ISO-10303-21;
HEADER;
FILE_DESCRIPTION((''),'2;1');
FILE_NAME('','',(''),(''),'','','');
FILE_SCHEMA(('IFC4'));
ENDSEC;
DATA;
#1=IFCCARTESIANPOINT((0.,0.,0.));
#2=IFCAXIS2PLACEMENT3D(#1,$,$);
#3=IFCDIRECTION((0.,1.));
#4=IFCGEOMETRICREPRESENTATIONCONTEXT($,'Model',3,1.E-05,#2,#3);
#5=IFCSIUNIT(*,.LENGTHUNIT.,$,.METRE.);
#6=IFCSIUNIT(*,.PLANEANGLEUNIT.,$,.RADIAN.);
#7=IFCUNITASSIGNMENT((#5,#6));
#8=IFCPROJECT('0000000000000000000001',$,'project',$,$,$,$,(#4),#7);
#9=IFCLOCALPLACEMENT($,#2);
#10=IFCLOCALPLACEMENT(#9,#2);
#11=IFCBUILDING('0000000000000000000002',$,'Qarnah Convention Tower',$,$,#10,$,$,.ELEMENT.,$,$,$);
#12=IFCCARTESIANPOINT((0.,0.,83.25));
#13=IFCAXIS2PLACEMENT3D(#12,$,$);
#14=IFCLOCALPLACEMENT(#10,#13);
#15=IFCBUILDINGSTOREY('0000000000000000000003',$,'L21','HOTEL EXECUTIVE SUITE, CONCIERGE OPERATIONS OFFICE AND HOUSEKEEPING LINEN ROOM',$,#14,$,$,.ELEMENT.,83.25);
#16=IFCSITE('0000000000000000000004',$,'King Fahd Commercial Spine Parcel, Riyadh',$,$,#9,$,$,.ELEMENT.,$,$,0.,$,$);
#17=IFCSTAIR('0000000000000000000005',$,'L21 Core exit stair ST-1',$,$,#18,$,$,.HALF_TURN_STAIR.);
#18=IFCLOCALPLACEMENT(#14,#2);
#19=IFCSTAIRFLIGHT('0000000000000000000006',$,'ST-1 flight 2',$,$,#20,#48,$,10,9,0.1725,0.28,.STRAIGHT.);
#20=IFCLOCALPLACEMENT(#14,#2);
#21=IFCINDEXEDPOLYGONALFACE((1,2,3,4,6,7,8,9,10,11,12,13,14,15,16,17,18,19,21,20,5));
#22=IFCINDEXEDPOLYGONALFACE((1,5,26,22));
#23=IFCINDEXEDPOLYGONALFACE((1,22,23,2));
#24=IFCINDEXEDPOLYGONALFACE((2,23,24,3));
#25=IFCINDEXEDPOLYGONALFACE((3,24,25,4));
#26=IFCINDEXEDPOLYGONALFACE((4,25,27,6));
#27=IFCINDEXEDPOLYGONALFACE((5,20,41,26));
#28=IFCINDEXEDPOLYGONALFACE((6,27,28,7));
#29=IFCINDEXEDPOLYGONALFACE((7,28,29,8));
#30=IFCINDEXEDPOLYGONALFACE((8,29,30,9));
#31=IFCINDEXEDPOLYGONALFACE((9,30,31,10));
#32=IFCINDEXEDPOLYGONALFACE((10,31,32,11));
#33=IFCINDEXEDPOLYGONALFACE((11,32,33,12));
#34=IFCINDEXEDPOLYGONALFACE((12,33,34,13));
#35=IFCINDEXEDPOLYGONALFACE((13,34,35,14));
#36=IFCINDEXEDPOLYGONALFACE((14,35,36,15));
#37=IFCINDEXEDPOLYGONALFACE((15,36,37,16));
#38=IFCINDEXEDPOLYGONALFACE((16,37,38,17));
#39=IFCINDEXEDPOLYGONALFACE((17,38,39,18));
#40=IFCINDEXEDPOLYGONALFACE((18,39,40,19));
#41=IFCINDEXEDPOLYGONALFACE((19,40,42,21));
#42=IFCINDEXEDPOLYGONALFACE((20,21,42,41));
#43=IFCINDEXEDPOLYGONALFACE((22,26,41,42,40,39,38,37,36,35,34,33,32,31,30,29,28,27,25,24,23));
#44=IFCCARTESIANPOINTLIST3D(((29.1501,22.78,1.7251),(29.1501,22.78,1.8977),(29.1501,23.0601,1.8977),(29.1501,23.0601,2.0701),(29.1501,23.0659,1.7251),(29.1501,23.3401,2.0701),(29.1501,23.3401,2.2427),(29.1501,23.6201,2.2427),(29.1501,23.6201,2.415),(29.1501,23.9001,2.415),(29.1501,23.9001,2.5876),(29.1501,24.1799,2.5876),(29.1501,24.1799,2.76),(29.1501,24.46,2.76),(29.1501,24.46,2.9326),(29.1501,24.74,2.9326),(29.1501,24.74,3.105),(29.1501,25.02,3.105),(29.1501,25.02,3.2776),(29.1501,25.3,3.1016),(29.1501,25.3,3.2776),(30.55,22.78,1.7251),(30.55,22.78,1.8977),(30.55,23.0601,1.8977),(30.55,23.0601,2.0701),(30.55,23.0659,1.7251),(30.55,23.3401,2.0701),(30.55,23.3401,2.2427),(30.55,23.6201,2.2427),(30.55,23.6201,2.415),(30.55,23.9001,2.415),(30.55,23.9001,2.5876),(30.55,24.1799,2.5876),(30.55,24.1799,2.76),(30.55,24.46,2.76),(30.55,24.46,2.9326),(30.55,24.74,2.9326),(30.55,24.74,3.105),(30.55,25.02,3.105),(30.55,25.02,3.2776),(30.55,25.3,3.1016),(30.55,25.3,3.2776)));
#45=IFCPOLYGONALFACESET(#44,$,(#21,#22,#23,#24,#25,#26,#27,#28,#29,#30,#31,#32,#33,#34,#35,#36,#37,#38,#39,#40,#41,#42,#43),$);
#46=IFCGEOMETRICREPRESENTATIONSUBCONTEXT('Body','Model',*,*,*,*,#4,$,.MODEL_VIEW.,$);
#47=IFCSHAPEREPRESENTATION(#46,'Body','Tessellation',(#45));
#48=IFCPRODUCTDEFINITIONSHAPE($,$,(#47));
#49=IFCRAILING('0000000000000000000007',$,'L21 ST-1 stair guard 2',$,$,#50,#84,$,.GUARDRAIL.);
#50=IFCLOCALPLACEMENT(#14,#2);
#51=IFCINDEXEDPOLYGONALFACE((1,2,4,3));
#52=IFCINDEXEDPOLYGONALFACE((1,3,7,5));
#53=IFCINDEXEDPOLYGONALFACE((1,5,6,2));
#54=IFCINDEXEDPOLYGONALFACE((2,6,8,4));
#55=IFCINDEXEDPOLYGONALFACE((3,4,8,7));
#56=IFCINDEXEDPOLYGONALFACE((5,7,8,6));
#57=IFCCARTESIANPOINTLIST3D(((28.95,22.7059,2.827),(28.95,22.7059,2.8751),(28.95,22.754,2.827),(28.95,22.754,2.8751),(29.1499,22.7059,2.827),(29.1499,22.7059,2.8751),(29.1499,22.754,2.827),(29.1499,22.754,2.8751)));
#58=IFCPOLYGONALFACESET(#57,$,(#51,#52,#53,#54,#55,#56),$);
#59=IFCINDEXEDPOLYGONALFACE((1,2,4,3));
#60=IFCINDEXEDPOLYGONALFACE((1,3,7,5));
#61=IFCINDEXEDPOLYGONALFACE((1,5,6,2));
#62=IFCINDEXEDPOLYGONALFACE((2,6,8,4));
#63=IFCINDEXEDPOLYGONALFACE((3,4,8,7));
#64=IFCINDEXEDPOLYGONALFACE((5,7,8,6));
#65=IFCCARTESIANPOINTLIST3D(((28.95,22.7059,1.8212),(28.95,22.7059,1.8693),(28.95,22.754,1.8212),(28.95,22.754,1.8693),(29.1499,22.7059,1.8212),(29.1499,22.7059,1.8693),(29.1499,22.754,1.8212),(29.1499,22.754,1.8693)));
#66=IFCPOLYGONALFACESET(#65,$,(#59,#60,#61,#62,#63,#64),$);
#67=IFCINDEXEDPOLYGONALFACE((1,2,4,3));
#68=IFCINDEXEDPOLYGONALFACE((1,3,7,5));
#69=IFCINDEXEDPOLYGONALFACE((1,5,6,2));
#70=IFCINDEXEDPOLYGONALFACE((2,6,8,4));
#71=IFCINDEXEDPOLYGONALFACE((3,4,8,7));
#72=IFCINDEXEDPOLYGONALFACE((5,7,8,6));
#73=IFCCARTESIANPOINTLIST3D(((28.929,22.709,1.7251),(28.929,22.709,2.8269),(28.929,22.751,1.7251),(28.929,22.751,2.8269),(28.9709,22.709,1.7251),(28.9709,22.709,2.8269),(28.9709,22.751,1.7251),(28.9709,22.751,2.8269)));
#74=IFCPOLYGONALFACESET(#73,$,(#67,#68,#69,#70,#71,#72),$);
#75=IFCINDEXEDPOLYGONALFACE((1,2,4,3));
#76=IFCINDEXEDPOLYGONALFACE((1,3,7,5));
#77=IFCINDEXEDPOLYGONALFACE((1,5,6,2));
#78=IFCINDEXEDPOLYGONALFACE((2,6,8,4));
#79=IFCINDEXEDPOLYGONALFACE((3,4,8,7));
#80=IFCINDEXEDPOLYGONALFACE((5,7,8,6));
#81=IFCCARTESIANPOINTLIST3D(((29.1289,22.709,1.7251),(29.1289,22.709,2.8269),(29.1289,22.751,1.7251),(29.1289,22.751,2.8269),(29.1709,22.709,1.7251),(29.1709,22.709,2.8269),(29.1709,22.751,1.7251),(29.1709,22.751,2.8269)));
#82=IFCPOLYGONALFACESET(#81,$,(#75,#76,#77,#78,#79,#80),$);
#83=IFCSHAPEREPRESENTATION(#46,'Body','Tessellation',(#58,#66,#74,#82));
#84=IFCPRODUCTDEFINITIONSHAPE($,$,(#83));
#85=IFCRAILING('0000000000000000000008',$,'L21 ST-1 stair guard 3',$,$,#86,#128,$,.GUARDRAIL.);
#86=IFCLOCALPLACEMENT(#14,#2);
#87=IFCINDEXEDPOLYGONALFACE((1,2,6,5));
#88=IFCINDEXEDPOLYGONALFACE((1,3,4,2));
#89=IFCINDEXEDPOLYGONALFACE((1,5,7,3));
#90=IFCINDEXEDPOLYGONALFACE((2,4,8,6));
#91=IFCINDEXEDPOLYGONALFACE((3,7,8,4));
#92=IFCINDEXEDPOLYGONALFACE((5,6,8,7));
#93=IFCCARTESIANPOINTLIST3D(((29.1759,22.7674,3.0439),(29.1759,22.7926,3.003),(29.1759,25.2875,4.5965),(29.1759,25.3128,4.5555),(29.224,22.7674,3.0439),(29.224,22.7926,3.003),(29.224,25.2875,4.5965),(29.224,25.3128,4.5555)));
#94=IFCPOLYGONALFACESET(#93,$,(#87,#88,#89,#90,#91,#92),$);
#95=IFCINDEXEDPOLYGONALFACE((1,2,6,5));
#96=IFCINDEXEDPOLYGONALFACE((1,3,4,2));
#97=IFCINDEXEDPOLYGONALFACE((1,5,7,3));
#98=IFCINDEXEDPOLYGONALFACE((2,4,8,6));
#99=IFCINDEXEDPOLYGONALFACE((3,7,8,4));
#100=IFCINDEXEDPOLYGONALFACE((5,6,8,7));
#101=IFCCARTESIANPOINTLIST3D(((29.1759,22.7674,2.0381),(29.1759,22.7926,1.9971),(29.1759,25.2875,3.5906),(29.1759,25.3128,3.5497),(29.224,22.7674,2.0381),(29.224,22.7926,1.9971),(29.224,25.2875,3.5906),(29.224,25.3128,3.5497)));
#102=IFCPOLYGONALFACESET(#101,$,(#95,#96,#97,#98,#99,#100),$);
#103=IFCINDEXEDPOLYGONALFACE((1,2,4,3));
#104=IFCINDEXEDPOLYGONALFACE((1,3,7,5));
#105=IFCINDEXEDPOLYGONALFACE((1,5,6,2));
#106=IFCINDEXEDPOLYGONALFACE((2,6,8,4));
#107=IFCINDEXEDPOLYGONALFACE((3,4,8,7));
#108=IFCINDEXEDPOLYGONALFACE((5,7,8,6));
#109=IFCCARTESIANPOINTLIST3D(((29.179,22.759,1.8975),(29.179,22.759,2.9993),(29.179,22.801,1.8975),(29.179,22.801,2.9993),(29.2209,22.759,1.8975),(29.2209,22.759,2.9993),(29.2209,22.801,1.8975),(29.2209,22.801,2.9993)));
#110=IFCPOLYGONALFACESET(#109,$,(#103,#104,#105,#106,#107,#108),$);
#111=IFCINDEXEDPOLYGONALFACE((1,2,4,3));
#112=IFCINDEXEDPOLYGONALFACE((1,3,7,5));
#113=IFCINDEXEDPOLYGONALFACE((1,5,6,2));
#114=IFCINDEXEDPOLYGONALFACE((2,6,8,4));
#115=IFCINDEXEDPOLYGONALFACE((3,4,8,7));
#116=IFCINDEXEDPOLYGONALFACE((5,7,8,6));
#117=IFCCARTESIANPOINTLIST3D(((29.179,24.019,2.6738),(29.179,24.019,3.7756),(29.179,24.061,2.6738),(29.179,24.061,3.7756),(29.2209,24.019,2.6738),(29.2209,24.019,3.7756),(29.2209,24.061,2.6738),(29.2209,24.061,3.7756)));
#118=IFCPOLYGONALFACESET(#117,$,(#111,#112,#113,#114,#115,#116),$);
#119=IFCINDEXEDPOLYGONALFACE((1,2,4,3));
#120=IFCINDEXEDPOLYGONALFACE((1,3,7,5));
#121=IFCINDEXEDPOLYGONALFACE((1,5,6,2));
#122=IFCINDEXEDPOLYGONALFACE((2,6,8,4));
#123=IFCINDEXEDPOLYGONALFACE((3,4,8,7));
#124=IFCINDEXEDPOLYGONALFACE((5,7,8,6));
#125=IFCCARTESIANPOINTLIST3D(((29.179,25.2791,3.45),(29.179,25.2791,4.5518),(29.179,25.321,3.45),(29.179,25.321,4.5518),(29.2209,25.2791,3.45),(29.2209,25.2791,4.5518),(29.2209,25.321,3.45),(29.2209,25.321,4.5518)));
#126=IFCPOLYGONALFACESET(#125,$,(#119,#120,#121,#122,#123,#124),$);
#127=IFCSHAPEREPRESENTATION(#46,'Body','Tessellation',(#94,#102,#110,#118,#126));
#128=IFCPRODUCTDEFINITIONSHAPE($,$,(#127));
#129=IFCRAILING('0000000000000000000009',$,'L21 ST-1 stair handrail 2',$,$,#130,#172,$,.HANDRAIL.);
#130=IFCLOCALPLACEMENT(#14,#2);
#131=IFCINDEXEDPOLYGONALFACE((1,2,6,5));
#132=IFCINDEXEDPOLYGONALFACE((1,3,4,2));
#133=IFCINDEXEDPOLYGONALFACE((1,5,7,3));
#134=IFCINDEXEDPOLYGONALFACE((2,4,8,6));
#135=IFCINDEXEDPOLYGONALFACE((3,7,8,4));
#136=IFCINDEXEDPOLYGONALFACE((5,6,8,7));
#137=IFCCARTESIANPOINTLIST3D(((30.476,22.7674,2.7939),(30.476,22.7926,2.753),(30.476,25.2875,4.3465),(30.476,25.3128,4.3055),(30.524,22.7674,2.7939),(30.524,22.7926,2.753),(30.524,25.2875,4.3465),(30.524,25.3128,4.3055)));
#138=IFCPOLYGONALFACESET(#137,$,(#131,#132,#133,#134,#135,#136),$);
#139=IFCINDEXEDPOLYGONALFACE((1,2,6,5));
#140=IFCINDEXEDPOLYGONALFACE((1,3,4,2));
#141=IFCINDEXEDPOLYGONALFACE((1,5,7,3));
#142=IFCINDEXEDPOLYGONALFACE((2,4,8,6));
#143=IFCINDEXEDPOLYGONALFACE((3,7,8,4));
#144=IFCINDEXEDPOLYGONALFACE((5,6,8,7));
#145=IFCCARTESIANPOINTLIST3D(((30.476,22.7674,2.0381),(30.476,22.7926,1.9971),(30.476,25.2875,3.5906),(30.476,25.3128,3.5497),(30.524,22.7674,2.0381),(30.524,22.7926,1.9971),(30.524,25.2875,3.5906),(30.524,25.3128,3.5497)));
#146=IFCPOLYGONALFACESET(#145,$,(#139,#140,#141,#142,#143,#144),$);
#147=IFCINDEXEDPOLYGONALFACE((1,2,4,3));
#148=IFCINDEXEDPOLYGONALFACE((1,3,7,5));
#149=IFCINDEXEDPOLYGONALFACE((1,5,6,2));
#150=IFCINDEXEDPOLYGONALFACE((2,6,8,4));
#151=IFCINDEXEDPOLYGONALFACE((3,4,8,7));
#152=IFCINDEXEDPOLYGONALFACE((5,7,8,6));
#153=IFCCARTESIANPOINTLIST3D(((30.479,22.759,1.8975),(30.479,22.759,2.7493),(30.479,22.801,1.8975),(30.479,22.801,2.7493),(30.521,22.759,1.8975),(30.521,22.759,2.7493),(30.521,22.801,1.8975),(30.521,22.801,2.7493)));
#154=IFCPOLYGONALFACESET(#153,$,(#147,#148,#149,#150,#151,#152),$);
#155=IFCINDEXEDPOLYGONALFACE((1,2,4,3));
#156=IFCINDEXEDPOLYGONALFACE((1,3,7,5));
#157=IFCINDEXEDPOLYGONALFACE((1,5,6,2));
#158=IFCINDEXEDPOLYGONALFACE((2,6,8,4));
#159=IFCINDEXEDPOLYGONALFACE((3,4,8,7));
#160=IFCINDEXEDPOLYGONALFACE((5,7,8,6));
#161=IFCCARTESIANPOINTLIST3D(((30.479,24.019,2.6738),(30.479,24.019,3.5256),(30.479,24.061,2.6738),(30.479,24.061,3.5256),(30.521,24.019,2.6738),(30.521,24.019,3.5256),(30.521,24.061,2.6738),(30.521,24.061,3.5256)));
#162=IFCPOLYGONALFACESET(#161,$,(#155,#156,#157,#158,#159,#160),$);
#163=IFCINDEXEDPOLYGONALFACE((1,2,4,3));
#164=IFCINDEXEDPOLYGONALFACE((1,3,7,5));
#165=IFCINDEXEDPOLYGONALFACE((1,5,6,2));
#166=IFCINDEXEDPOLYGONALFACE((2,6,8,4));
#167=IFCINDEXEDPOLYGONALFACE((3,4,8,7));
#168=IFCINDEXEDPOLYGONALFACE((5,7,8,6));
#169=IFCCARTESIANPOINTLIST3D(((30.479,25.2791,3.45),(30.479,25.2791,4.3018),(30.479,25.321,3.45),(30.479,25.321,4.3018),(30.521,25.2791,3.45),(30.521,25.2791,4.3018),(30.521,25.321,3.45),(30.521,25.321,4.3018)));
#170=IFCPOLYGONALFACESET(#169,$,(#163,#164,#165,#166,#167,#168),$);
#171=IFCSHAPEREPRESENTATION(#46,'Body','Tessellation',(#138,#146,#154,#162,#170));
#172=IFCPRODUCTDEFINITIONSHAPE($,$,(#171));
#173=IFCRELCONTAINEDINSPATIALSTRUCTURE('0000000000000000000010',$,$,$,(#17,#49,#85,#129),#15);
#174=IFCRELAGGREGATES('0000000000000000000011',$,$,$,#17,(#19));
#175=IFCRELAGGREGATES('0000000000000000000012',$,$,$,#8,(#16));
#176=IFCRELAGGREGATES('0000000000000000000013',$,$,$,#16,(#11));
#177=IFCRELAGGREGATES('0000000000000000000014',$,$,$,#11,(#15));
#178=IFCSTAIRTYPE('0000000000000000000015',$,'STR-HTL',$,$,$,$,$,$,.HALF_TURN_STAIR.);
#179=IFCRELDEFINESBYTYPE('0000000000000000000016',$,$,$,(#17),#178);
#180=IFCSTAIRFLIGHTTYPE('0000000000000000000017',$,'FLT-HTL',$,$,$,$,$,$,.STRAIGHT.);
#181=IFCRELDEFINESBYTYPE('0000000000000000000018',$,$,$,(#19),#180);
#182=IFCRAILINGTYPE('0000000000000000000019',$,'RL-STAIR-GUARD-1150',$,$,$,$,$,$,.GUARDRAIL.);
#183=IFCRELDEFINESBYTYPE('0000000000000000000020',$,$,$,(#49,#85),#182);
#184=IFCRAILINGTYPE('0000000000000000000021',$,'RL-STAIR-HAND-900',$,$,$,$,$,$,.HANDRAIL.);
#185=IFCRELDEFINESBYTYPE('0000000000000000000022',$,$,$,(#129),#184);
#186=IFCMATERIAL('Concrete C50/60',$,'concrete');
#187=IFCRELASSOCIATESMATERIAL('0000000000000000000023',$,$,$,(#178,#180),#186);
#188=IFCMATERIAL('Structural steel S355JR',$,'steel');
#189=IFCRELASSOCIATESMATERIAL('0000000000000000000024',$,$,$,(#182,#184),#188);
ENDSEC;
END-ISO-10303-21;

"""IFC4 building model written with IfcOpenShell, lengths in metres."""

from ifc_helpers import new_model, si_unit, direction, frame, origin, origin_2d, place, context, subcontext, project, spatial, polyline, rectangle, outline, extrude, material, type_object, element, aggregate, save


model = new_model("IFC4")

# Units and contexts
model_context = context("Model", 3, precision=1e-05, world=origin(), true_north=direction((0.0, 1.0)))
body_context = subcontext(model_context, "Body", "Model", "MODEL_VIEW")
ifc_project = project(units=[si_unit("LENGTHUNIT", "METRE"), si_unit("PLANEANGLEUNIT", "RADIAN")], contexts=[model_context])

# Site, building, storey
site_placement = place(None, origin())
site = spatial("IfcSite", under=ifc_project, at=site_placement, Name="King Fahd Commercial Spine Parcel, Riyadh", CompositionType="ELEMENT", RefElevation=0.0)
building_placement = place(site_placement, origin())
building = spatial("IfcBuilding", under=site, at=building_placement, Name="Qarnah Convention Tower", CompositionType="ELEMENT")
storey_placement = place(building_placement, frame((0.0, 0.0, 83.25)))
storey = spatial("IfcBuildingStorey", under=building, at=storey_placement, Name="L21", Description="HOTEL EXECUTIVE SUITE, CONCIERGE OPERATIONS OFFICE AND HOUSEKEEPING LINEN ROOM", CompositionType="ELEMENT", Elevation=83.25)

# Shared definitions
ifc_material_1 = material(Name="Structural steel S355JR", Category="steel")

# Stair, stair flight
ifc_material_2 = material(Name="Concrete C50/60", Category="concrete")
stair_type = type_object("IfcStairType", Name="STR-HTL", PredefinedType="HALF_TURN_STAIR", material=ifc_material_2)
stair_placement = place(storey_placement, origin())
stair = element("IfcStair", 1, at=stair_placement, inside=storey, type_object=stair_type, Name="L21 Core exit stair ST-1", PredefinedType="HALF_TURN_STAIR")
stair_flight_type = type_object("IfcStairFlightType", Name="FLT-HTL", PredefinedType="STRAIGHT", material=ifc_material_2)
stair_flight_1_placement = place(storey_placement, frame((29.8501, 22.78, 1.7251), z_axis=(0.0, 0.0, 1.0), x_axis=(0.0, 1.0, 0.0)))
stair_flight_1 = element("IfcStairFlight", 2, at=stair_flight_1_placement, type_object=stair_flight_type, Name="ST-1 flight 2", NumberOfRisers=10, NumberOfTreads=9, PredefinedType="STRAIGHT", RiserHeight=0.1725, TreadLength=0.28, context=body_context, shape_type="SweptSolid", body=[
    extrude(outline(polyline([(0.0, 0.0), (0.0, 0.1726), (0.28, 0.1726), (0.28, 0.345), (0.5601, 0.345), (0.5601, 0.5176), (0.8401, 0.5176), (0.8401, 0.6899), (1.1201, 0.6899), (1.1201, 0.8625), (1.3999, 0.8625), (1.3999, 1.0349), (1.6799, 1.0349), (1.6799, 1.2075), (1.96, 1.2075), (1.96, 1.3799), (2.24, 1.3799), (2.24, 1.5525), (2.52, 1.5525), (2.52, 1.7251), (2.52, 1.3765), (0.2859, 0.0), (0.0, 0.0)])), frame((0.0, 0.7, 0.0), z_axis=(0.0, -1.0, 0.0), x_axis=(1.0, 0.0, 0.0)), (0.0, 0.0, 1.0), 1.3999),
])
aggregate(stair, [stair_flight_1])

# Railings
railing_type_1 = type_object("IfcRailingType", Name="RL-STAIR-GUARD-1150", PredefinedType="GUARDRAIL", material=ifc_material_1)
railing_1_placement = place(storey_placement, frame((28.95, 22.73, 1.7251)))
element("IfcRailing", 3, at=railing_1_placement, inside=storey, type_object=railing_type_1, Name="L21 ST-1 stair guard 2", PredefinedType="GUARDRAIL", context=body_context, shape_type="SweptSolid", body=[
    extrude(rectangle(XDim=0.0481, YDim=0.0481, at=origin_2d()), frame((0.0, 0.0, 1.126), z_axis=(1.0, 0.0, 0.0), x_axis=(0.0, 1.0, 0.0)), (0.0, 0.0, 1.0), 0.2),
    extrude(rectangle(XDim=0.0481, YDim=0.0481, at=origin_2d()), frame((0.0, 0.0, 0.1201), z_axis=(1.0, 0.0, 0.0), x_axis=(0.0, 1.0, 0.0)), (0.0, 0.0, 1.0), 0.2),
    extrude(rectangle(XDim=0.042, YDim=0.042, at=origin_2d()), origin(), (0.0, 0.0, 1.0), 1.1018),
    extrude(rectangle(XDim=0.042, YDim=0.042, at=origin_2d()), frame((0.2, 0.0, 0.0)), (0.0, 0.0, 1.0), 1.1018),
])
railing_2_placement = place(storey_placement, frame((29.2, 22.78, 1.8975)))
element("IfcRailing", 4, at=railing_2_placement, inside=storey, type_object=railing_type_1, Name="L21 ST-1 stair guard 3", PredefinedType="GUARDRAIL", context=body_context, shape_type="SweptSolid", body=[
    extrude(rectangle(XDim=0.0481, YDim=0.0481, at=origin_2d()), frame((0.0, 0.0, 1.126), z_axis=(0.0, 0.8514, 0.524516), x_axis=(-1.0, 0.0, 0.0)), (0.0, 0.0, 1.0), 2.96),
    extrude(rectangle(XDim=0.0481, YDim=0.0481, at=origin_2d()), frame((0.0, 0.0, 0.1201), z_axis=(0.0, 0.8514, 0.524516), x_axis=(-1.0, 0.0, 0.0)), (0.0, 0.0, 1.0), 2.96),
    extrude(rectangle(XDim=0.042, YDim=0.042, at=origin_2d()), origin(), (0.0, 0.0, 1.0), 1.1018),
    extrude(rectangle(XDim=0.042, YDim=0.042, at=origin_2d()), frame((0.0, 1.26, 0.7764)), (0.0, 0.0, 1.0), 1.1018),
    extrude(rectangle(XDim=0.042, YDim=0.042, at=origin_2d()), frame((0.0, 2.52, 1.5525)), (0.0, 0.0, 1.0), 1.1018),
])
railing_type_2 = type_object("IfcRailingType", Name="RL-STAIR-HAND-900", PredefinedType="HANDRAIL", material=ifc_material_1)
railing_3_placement = place(storey_placement, frame((30.5, 22.78, 1.8975)))
element("IfcRailing", 5, at=railing_3_placement, inside=storey, type_object=railing_type_2, Name="L21 ST-1 stair handrail 2", PredefinedType="HANDRAIL", context=body_context, shape_type="SweptSolid", body=[
    extrude(rectangle(XDim=0.0481, YDim=0.0481, at=origin_2d()), frame((0.0, 0.0, 0.876), z_axis=(0.0, 0.8514, 0.524516), x_axis=(-1.0, 0.0, 0.0)), (0.0, 0.0, 1.0), 2.96),
    extrude(rectangle(XDim=0.0481, YDim=0.0481, at=origin_2d()), frame((0.0, 0.0, 0.1201), z_axis=(0.0, 0.8514, 0.524516), x_axis=(-1.0, 0.0, 0.0)), (0.0, 0.0, 1.0), 2.96),
    extrude(rectangle(XDim=0.042, YDim=0.042, at=origin_2d()), origin(), (0.0, 0.0, 1.0), 0.8518),
    extrude(rectangle(XDim=0.042, YDim=0.042, at=origin_2d()), frame((0.0, 1.26, 0.7764)), (0.0, 0.0, 1.0), 0.8518),
    extrude(rectangle(XDim=0.042, YDim=0.042, at=origin_2d()), frame((0.0, 2.52, 1.5525)), (0.0, 0.0, 1.0), 0.8518),
])

save(model, "model.ifc")
